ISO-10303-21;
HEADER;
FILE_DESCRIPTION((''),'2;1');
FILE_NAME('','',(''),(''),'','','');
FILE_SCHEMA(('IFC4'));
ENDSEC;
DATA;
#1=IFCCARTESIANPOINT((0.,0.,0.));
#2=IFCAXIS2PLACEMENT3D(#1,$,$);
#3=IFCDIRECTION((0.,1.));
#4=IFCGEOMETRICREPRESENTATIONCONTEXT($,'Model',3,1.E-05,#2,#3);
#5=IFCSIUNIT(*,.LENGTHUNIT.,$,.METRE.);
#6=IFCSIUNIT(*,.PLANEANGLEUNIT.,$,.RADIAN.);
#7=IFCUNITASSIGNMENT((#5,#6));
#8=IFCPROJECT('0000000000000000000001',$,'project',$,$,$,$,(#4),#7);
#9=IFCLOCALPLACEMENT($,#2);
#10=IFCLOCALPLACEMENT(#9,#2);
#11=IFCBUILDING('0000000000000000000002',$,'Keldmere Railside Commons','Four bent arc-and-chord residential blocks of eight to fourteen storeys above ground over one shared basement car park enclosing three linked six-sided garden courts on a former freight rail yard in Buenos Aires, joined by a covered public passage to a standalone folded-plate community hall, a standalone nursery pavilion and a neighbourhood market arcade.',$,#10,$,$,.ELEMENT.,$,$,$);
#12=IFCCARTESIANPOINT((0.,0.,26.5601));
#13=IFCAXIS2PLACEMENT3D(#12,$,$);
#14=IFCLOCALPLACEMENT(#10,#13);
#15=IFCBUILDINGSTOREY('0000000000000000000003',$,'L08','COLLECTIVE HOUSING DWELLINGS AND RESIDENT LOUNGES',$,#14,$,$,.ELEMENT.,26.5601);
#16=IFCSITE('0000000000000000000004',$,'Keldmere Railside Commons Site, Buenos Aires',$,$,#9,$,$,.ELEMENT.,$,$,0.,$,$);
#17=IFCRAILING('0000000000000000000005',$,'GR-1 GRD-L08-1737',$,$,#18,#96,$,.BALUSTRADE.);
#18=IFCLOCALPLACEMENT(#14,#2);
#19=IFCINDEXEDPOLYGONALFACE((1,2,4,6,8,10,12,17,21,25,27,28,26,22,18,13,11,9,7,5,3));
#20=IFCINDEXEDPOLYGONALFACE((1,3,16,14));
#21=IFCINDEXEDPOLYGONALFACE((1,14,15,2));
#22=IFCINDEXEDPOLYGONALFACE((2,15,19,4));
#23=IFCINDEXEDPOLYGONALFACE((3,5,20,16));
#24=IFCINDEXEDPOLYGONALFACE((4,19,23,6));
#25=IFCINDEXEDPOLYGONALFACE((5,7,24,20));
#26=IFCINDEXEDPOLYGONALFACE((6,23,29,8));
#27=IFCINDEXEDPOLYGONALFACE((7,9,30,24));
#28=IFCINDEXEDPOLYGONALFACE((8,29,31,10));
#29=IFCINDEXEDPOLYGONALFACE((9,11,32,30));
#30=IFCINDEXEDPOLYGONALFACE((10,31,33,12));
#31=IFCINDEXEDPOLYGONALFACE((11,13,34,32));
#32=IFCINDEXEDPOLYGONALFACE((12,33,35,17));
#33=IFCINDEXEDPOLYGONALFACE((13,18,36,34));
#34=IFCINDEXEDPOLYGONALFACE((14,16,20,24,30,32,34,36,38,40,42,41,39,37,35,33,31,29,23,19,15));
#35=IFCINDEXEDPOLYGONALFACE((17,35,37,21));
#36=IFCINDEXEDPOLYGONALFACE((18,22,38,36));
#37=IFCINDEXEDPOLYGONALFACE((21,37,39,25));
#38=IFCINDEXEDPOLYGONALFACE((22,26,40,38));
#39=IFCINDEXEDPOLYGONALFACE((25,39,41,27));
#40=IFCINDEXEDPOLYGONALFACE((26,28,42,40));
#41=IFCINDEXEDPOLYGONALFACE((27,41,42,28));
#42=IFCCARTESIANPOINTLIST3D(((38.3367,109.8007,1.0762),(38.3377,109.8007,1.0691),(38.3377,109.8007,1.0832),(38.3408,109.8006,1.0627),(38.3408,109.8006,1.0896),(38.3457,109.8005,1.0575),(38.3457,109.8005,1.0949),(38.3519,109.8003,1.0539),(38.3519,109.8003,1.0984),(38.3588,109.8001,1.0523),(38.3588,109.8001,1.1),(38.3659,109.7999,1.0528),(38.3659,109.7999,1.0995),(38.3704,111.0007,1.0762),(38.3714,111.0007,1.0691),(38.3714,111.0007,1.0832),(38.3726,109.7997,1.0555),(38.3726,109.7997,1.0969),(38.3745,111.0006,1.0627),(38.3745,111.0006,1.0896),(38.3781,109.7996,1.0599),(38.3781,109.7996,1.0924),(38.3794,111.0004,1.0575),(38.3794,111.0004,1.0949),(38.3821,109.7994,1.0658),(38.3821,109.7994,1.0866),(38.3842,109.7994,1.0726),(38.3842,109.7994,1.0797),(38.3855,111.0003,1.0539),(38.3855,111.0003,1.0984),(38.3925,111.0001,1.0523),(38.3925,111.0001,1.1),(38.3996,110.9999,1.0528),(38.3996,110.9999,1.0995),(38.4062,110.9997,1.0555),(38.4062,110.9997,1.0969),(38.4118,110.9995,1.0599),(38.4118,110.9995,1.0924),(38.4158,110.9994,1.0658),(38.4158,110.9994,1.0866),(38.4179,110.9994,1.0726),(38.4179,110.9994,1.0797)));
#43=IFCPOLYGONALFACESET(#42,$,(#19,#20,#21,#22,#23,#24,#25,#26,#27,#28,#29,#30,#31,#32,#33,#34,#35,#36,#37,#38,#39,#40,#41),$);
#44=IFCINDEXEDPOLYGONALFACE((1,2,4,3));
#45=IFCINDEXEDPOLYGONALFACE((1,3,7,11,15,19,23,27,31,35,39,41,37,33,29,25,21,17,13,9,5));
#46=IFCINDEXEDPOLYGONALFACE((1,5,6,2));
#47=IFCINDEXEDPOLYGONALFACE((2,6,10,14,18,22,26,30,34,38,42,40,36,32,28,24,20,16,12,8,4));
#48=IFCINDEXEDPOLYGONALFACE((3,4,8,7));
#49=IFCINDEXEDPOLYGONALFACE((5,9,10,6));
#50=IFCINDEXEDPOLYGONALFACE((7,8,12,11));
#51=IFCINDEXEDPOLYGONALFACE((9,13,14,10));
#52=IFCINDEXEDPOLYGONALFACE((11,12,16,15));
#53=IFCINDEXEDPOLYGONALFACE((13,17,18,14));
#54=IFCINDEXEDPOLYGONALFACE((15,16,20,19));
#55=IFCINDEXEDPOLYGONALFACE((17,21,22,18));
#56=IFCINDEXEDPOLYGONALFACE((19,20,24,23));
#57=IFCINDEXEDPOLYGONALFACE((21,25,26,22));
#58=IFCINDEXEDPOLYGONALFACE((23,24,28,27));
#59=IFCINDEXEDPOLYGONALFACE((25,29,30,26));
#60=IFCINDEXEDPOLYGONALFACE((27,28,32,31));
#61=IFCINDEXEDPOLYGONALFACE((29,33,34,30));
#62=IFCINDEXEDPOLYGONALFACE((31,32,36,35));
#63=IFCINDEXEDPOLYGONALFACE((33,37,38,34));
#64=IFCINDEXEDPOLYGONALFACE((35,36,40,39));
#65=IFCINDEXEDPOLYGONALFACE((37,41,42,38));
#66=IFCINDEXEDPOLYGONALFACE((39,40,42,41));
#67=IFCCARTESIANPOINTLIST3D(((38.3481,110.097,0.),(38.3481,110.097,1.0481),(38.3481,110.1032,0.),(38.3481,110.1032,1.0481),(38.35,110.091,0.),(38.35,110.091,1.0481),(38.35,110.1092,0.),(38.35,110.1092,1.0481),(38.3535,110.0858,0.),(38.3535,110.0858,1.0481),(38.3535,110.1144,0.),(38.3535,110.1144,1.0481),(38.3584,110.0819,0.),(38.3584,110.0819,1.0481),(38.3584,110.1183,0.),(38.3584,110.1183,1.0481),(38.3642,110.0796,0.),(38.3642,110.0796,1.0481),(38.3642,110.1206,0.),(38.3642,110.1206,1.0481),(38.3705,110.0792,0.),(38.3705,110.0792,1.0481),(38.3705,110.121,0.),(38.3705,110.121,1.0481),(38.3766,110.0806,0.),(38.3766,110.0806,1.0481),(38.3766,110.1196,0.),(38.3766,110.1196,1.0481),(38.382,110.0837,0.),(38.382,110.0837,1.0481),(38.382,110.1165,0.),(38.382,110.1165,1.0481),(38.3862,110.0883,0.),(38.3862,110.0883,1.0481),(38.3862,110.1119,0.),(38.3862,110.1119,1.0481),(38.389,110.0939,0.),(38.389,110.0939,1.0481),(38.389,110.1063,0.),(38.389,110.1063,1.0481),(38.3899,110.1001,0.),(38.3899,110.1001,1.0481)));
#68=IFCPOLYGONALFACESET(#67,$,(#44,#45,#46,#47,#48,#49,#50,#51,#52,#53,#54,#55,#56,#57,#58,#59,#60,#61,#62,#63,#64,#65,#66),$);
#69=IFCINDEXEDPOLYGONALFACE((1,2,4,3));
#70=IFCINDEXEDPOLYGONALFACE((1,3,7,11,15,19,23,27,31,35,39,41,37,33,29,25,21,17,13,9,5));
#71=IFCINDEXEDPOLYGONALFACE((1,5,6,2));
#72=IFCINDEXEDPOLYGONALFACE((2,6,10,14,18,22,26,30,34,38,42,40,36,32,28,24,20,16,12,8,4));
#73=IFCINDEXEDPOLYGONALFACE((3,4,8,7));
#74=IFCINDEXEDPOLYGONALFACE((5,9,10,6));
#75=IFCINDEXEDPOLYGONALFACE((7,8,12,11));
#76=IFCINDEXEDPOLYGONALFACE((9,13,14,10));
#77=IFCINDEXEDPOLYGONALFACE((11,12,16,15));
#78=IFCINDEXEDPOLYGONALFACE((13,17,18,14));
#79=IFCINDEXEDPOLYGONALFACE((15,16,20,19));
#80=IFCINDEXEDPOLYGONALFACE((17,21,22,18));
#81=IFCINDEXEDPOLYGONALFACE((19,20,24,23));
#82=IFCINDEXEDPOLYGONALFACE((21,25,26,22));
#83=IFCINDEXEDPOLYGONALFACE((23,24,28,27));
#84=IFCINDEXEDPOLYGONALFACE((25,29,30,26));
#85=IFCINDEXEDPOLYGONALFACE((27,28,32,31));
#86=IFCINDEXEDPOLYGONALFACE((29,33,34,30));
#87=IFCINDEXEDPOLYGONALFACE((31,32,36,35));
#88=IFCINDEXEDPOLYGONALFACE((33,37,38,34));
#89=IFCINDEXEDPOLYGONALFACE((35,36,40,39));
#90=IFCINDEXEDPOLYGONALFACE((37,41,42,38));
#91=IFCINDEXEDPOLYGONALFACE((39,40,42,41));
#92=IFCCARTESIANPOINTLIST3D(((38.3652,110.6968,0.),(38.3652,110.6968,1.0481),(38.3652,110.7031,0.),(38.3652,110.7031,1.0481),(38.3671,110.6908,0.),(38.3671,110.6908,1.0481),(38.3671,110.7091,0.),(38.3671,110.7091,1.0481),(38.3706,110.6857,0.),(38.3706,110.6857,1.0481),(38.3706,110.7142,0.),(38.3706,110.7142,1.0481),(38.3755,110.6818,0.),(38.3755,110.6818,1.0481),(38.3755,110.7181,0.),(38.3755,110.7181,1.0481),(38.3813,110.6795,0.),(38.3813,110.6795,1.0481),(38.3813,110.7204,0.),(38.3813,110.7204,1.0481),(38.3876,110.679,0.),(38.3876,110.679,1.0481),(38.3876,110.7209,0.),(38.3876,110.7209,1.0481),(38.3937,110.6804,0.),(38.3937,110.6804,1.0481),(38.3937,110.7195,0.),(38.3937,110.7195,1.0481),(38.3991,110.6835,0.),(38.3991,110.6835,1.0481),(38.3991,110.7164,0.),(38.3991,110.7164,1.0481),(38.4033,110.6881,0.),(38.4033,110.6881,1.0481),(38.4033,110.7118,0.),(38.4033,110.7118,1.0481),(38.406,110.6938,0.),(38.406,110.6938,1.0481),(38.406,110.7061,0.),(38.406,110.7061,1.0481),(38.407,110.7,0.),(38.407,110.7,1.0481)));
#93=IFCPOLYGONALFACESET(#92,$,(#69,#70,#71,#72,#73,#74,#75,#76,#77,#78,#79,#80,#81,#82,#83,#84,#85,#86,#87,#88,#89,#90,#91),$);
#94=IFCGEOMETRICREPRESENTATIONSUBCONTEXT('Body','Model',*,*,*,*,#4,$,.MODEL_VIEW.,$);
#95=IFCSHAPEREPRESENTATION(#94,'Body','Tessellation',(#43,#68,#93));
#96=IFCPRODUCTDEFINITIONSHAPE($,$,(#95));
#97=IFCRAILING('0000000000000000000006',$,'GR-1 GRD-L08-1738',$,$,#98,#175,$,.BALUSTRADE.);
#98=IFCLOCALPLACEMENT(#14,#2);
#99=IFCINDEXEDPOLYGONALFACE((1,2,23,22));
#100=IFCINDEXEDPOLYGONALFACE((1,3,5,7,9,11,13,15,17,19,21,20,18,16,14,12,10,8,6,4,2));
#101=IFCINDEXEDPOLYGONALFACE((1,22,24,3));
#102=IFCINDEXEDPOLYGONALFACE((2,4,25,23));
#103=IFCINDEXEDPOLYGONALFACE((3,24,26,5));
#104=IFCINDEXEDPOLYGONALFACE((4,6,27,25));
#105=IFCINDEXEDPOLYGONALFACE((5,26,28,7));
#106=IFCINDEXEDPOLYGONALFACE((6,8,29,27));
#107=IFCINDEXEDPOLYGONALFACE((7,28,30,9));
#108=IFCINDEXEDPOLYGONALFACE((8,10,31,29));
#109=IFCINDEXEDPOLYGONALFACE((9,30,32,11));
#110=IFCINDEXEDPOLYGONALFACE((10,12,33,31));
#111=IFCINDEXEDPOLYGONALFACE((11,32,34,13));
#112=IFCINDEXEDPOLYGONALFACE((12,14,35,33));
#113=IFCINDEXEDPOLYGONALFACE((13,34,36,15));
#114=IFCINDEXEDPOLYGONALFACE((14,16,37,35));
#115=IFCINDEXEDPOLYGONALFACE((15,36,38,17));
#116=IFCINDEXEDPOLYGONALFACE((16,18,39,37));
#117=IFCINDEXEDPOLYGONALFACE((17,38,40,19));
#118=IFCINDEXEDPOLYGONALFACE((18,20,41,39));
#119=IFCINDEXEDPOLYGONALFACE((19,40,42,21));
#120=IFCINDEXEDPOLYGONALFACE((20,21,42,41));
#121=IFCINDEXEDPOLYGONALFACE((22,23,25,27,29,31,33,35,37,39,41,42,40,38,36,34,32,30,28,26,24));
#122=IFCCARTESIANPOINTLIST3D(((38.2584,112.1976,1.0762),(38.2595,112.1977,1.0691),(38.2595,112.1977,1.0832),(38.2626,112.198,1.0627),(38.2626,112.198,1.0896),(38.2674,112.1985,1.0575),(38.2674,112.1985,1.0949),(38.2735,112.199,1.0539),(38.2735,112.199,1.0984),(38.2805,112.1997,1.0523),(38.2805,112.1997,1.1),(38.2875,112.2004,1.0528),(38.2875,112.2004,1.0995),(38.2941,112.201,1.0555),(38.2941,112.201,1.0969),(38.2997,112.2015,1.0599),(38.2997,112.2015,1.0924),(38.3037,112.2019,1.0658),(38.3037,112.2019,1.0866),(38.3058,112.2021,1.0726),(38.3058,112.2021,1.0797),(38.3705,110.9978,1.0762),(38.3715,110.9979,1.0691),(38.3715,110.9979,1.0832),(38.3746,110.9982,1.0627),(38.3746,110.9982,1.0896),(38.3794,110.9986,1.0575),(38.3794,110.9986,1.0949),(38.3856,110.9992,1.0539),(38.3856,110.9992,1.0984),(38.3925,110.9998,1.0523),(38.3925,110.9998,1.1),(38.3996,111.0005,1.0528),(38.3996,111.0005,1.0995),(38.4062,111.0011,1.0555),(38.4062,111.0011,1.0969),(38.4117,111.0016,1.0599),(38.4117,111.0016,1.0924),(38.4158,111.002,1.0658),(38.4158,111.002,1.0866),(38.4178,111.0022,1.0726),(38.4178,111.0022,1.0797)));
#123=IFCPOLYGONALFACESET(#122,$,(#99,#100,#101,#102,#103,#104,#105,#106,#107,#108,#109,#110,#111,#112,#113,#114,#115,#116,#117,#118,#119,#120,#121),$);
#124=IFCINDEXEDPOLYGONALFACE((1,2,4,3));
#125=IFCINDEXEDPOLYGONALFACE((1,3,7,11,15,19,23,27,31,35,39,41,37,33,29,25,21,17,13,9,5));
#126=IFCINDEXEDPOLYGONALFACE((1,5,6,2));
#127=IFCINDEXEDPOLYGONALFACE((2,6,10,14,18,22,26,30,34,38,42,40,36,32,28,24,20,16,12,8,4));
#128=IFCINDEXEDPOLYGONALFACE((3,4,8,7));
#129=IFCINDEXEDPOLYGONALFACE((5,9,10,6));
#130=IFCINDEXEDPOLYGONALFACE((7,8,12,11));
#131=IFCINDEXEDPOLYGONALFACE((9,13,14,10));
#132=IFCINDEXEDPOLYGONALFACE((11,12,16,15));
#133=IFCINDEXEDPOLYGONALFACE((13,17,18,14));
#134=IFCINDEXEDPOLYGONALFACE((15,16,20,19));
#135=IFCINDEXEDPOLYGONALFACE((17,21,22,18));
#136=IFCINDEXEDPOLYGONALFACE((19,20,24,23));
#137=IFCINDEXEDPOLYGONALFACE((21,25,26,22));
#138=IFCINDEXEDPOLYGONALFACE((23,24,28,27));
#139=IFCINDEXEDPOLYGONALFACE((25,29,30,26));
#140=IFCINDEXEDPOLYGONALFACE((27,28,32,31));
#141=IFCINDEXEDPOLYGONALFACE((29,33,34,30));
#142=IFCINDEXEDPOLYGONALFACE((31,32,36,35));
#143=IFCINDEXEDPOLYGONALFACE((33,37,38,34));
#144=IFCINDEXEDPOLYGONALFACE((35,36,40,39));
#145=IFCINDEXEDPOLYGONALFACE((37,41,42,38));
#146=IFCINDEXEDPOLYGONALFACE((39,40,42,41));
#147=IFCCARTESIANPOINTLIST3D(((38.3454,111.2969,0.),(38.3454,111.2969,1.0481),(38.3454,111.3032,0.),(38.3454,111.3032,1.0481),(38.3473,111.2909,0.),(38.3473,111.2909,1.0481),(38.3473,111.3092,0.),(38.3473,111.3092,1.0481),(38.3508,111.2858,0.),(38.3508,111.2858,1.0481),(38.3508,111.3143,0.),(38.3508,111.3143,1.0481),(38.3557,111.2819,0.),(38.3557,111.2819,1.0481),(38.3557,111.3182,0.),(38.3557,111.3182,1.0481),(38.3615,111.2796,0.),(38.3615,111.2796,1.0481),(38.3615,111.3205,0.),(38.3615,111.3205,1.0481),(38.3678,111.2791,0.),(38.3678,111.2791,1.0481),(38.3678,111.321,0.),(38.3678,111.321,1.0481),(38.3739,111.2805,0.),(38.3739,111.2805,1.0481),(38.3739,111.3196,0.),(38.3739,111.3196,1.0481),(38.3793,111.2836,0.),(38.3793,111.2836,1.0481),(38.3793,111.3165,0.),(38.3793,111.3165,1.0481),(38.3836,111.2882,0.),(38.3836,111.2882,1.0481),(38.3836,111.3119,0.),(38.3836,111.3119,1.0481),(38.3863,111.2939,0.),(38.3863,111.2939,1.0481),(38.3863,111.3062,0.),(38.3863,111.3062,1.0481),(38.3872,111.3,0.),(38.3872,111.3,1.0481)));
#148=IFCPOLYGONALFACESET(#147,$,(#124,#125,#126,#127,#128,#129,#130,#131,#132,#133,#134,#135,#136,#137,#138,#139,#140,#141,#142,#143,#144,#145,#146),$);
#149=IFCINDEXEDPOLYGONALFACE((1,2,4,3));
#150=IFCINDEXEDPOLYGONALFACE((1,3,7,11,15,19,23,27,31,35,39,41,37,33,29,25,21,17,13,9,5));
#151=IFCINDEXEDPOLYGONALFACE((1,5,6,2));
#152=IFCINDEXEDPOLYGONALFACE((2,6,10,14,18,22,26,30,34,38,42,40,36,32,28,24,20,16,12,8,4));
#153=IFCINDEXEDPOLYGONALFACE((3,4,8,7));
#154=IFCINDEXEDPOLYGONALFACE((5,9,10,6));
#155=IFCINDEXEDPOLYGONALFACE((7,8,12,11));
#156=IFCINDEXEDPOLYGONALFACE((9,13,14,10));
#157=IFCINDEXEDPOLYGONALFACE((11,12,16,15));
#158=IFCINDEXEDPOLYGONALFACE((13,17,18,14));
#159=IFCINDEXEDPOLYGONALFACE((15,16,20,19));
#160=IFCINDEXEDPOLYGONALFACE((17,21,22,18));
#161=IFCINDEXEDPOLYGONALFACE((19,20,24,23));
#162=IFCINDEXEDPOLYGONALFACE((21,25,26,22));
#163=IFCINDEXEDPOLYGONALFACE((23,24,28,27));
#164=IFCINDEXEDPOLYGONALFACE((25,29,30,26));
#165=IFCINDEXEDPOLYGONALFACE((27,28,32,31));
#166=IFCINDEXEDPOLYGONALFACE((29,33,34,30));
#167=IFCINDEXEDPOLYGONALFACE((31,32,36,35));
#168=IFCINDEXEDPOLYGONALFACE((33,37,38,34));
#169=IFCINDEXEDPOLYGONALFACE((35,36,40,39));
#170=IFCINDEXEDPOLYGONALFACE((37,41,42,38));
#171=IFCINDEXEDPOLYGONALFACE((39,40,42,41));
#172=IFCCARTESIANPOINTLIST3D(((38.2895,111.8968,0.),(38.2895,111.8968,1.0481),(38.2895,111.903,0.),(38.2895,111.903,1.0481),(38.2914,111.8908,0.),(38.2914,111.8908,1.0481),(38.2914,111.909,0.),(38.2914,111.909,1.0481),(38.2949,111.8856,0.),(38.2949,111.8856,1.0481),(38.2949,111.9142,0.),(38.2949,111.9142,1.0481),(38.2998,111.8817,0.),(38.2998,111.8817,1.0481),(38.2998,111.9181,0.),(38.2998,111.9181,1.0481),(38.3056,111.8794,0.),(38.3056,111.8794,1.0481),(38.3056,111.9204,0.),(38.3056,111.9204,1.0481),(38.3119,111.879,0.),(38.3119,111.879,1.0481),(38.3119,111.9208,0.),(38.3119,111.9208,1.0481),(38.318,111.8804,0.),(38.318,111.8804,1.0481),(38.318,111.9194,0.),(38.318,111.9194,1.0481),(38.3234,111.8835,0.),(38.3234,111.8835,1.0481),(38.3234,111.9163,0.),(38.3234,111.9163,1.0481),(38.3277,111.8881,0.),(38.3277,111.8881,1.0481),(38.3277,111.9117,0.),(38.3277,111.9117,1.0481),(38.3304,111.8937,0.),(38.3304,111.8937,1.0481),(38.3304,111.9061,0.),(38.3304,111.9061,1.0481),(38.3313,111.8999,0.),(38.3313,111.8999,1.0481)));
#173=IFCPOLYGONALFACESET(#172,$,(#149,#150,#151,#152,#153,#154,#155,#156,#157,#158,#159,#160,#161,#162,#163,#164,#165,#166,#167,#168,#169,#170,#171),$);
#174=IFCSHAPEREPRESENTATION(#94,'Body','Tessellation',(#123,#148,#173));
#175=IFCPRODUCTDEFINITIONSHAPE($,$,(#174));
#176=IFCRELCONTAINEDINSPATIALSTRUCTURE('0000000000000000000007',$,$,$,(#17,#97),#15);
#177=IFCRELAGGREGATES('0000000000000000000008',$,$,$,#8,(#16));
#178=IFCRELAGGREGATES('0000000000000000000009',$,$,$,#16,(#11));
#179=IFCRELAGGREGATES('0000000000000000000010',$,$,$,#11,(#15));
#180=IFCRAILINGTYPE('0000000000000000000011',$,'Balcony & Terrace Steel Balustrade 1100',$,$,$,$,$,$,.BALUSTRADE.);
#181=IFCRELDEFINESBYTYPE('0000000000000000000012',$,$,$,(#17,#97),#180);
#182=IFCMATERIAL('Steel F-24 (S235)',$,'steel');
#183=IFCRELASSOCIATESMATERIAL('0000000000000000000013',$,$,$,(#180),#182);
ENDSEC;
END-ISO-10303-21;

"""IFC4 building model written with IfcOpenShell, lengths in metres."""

from ifc_helpers import new_model, si_unit, direction, frame, origin, origin_2d, place, context, subcontext, project, spatial, circle, extrude, material, type_object, element, save


model = new_model("IFC4")

# Units and contexts
model_context = context("Model", 3, precision=1e-05, world=origin(), true_north=direction((0.0, 1.0)))
body_context = subcontext(model_context, "Body", "Model", "MODEL_VIEW")
ifc_project = project(units=[si_unit("LENGTHUNIT", "METRE"), si_unit("PLANEANGLEUNIT", "RADIAN")], contexts=[model_context])

# Site, building, storey
site_placement = place(None, origin())
site = spatial("IfcSite", under=ifc_project, at=site_placement, Name="Keldmere Railside Commons Site, Buenos Aires", CompositionType="ELEMENT", RefElevation=0.0)
building_placement = place(site_placement, origin())
building = spatial("IfcBuilding", under=site, at=building_placement, Name="Keldmere Railside Commons", Description="Four bent arc-and-chord residential blocks of eight to fourteen storeys above ground over one shared basement car park enclosing three linked six-sided garden courts on a former freight rail yard in Buenos Aires, joined by a covered public passage to a standalone folded-plate community hall, a standalone nursery pavilion and a neighbourhood market arcade.", CompositionType="ELEMENT")
storey_placement = place(building_placement, frame((0.0, 0.0, 26.5601)))
storey = spatial("IfcBuildingStorey", under=building, at=storey_placement, Name="L08", Description="COLLECTIVE HOUSING DWELLINGS AND RESIDENT LOUNGES", CompositionType="ELEMENT", Elevation=26.5601)

# Railings
ifc_material_1 = material(Name="Steel F-24 (S235)", Category="steel")
railing_type = type_object("IfcRailingType", Name="Balcony & Terrace Steel Balustrade 1100", PredefinedType="BALUSTRADE", material=ifc_material_1)
railing_1_placement = place(storey_placement, frame((38.3606, 109.8, 0.0)))
element("IfcRailing", 1, at=railing_1_placement, inside=storey, type_object=railing_type, Name="GR-1 GRD-L08-1737", PredefinedType="BALUSTRADE", context=body_context, shape_type="SweptSolid", body=[
    extrude(circle(Radius=0.0239, at=origin_2d()), frame((0.0, 0.0, 1.0762), z_axis=(0.028066, 0.999606, 0.0), x_axis=(-0.999606, 0.028066, 0.0)), (0.0, 0.0, 1.0), 1.2004),
    extrude(circle(Radius=0.021, at=origin_2d()), frame((0.0083, 0.3, 0.0)), (0.0, 0.0, 1.0), 1.0481),
    extrude(circle(Radius=0.021, at=origin_2d()), frame((0.0254, 0.8999, 0.0)), (0.0, 0.0, 1.0), 1.0481),
])
railing_2_placement = place(storey_placement, frame((38.3943, 111.0, 0.0)))
element("IfcRailing", 2, at=railing_2_placement, inside=storey, type_object=railing_type, Name="GR-1 GRD-L08-1738", PredefinedType="BALUSTRADE", context=body_context, shape_type="SweptSolid", body=[
    extrude(circle(Radius=0.0239, at=origin_2d()), frame((0.0, 0.0, 1.0762), z_axis=(-0.092983, 0.995668, 0.0), x_axis=(-0.995668, -0.092983, 0.0)), (0.0, 0.0, 1.0), 1.2051),
    extrude(circle(Radius=0.021, at=origin_2d()), frame((-0.0281, 0.3, 0.0)), (0.0, 0.0, 1.0), 1.0481),
    extrude(circle(Radius=0.021, at=origin_2d()), frame((-0.084, 0.8999, 0.0)), (0.0, 0.0, 1.0), 1.0481),
])

save(model, "model.ifc")
